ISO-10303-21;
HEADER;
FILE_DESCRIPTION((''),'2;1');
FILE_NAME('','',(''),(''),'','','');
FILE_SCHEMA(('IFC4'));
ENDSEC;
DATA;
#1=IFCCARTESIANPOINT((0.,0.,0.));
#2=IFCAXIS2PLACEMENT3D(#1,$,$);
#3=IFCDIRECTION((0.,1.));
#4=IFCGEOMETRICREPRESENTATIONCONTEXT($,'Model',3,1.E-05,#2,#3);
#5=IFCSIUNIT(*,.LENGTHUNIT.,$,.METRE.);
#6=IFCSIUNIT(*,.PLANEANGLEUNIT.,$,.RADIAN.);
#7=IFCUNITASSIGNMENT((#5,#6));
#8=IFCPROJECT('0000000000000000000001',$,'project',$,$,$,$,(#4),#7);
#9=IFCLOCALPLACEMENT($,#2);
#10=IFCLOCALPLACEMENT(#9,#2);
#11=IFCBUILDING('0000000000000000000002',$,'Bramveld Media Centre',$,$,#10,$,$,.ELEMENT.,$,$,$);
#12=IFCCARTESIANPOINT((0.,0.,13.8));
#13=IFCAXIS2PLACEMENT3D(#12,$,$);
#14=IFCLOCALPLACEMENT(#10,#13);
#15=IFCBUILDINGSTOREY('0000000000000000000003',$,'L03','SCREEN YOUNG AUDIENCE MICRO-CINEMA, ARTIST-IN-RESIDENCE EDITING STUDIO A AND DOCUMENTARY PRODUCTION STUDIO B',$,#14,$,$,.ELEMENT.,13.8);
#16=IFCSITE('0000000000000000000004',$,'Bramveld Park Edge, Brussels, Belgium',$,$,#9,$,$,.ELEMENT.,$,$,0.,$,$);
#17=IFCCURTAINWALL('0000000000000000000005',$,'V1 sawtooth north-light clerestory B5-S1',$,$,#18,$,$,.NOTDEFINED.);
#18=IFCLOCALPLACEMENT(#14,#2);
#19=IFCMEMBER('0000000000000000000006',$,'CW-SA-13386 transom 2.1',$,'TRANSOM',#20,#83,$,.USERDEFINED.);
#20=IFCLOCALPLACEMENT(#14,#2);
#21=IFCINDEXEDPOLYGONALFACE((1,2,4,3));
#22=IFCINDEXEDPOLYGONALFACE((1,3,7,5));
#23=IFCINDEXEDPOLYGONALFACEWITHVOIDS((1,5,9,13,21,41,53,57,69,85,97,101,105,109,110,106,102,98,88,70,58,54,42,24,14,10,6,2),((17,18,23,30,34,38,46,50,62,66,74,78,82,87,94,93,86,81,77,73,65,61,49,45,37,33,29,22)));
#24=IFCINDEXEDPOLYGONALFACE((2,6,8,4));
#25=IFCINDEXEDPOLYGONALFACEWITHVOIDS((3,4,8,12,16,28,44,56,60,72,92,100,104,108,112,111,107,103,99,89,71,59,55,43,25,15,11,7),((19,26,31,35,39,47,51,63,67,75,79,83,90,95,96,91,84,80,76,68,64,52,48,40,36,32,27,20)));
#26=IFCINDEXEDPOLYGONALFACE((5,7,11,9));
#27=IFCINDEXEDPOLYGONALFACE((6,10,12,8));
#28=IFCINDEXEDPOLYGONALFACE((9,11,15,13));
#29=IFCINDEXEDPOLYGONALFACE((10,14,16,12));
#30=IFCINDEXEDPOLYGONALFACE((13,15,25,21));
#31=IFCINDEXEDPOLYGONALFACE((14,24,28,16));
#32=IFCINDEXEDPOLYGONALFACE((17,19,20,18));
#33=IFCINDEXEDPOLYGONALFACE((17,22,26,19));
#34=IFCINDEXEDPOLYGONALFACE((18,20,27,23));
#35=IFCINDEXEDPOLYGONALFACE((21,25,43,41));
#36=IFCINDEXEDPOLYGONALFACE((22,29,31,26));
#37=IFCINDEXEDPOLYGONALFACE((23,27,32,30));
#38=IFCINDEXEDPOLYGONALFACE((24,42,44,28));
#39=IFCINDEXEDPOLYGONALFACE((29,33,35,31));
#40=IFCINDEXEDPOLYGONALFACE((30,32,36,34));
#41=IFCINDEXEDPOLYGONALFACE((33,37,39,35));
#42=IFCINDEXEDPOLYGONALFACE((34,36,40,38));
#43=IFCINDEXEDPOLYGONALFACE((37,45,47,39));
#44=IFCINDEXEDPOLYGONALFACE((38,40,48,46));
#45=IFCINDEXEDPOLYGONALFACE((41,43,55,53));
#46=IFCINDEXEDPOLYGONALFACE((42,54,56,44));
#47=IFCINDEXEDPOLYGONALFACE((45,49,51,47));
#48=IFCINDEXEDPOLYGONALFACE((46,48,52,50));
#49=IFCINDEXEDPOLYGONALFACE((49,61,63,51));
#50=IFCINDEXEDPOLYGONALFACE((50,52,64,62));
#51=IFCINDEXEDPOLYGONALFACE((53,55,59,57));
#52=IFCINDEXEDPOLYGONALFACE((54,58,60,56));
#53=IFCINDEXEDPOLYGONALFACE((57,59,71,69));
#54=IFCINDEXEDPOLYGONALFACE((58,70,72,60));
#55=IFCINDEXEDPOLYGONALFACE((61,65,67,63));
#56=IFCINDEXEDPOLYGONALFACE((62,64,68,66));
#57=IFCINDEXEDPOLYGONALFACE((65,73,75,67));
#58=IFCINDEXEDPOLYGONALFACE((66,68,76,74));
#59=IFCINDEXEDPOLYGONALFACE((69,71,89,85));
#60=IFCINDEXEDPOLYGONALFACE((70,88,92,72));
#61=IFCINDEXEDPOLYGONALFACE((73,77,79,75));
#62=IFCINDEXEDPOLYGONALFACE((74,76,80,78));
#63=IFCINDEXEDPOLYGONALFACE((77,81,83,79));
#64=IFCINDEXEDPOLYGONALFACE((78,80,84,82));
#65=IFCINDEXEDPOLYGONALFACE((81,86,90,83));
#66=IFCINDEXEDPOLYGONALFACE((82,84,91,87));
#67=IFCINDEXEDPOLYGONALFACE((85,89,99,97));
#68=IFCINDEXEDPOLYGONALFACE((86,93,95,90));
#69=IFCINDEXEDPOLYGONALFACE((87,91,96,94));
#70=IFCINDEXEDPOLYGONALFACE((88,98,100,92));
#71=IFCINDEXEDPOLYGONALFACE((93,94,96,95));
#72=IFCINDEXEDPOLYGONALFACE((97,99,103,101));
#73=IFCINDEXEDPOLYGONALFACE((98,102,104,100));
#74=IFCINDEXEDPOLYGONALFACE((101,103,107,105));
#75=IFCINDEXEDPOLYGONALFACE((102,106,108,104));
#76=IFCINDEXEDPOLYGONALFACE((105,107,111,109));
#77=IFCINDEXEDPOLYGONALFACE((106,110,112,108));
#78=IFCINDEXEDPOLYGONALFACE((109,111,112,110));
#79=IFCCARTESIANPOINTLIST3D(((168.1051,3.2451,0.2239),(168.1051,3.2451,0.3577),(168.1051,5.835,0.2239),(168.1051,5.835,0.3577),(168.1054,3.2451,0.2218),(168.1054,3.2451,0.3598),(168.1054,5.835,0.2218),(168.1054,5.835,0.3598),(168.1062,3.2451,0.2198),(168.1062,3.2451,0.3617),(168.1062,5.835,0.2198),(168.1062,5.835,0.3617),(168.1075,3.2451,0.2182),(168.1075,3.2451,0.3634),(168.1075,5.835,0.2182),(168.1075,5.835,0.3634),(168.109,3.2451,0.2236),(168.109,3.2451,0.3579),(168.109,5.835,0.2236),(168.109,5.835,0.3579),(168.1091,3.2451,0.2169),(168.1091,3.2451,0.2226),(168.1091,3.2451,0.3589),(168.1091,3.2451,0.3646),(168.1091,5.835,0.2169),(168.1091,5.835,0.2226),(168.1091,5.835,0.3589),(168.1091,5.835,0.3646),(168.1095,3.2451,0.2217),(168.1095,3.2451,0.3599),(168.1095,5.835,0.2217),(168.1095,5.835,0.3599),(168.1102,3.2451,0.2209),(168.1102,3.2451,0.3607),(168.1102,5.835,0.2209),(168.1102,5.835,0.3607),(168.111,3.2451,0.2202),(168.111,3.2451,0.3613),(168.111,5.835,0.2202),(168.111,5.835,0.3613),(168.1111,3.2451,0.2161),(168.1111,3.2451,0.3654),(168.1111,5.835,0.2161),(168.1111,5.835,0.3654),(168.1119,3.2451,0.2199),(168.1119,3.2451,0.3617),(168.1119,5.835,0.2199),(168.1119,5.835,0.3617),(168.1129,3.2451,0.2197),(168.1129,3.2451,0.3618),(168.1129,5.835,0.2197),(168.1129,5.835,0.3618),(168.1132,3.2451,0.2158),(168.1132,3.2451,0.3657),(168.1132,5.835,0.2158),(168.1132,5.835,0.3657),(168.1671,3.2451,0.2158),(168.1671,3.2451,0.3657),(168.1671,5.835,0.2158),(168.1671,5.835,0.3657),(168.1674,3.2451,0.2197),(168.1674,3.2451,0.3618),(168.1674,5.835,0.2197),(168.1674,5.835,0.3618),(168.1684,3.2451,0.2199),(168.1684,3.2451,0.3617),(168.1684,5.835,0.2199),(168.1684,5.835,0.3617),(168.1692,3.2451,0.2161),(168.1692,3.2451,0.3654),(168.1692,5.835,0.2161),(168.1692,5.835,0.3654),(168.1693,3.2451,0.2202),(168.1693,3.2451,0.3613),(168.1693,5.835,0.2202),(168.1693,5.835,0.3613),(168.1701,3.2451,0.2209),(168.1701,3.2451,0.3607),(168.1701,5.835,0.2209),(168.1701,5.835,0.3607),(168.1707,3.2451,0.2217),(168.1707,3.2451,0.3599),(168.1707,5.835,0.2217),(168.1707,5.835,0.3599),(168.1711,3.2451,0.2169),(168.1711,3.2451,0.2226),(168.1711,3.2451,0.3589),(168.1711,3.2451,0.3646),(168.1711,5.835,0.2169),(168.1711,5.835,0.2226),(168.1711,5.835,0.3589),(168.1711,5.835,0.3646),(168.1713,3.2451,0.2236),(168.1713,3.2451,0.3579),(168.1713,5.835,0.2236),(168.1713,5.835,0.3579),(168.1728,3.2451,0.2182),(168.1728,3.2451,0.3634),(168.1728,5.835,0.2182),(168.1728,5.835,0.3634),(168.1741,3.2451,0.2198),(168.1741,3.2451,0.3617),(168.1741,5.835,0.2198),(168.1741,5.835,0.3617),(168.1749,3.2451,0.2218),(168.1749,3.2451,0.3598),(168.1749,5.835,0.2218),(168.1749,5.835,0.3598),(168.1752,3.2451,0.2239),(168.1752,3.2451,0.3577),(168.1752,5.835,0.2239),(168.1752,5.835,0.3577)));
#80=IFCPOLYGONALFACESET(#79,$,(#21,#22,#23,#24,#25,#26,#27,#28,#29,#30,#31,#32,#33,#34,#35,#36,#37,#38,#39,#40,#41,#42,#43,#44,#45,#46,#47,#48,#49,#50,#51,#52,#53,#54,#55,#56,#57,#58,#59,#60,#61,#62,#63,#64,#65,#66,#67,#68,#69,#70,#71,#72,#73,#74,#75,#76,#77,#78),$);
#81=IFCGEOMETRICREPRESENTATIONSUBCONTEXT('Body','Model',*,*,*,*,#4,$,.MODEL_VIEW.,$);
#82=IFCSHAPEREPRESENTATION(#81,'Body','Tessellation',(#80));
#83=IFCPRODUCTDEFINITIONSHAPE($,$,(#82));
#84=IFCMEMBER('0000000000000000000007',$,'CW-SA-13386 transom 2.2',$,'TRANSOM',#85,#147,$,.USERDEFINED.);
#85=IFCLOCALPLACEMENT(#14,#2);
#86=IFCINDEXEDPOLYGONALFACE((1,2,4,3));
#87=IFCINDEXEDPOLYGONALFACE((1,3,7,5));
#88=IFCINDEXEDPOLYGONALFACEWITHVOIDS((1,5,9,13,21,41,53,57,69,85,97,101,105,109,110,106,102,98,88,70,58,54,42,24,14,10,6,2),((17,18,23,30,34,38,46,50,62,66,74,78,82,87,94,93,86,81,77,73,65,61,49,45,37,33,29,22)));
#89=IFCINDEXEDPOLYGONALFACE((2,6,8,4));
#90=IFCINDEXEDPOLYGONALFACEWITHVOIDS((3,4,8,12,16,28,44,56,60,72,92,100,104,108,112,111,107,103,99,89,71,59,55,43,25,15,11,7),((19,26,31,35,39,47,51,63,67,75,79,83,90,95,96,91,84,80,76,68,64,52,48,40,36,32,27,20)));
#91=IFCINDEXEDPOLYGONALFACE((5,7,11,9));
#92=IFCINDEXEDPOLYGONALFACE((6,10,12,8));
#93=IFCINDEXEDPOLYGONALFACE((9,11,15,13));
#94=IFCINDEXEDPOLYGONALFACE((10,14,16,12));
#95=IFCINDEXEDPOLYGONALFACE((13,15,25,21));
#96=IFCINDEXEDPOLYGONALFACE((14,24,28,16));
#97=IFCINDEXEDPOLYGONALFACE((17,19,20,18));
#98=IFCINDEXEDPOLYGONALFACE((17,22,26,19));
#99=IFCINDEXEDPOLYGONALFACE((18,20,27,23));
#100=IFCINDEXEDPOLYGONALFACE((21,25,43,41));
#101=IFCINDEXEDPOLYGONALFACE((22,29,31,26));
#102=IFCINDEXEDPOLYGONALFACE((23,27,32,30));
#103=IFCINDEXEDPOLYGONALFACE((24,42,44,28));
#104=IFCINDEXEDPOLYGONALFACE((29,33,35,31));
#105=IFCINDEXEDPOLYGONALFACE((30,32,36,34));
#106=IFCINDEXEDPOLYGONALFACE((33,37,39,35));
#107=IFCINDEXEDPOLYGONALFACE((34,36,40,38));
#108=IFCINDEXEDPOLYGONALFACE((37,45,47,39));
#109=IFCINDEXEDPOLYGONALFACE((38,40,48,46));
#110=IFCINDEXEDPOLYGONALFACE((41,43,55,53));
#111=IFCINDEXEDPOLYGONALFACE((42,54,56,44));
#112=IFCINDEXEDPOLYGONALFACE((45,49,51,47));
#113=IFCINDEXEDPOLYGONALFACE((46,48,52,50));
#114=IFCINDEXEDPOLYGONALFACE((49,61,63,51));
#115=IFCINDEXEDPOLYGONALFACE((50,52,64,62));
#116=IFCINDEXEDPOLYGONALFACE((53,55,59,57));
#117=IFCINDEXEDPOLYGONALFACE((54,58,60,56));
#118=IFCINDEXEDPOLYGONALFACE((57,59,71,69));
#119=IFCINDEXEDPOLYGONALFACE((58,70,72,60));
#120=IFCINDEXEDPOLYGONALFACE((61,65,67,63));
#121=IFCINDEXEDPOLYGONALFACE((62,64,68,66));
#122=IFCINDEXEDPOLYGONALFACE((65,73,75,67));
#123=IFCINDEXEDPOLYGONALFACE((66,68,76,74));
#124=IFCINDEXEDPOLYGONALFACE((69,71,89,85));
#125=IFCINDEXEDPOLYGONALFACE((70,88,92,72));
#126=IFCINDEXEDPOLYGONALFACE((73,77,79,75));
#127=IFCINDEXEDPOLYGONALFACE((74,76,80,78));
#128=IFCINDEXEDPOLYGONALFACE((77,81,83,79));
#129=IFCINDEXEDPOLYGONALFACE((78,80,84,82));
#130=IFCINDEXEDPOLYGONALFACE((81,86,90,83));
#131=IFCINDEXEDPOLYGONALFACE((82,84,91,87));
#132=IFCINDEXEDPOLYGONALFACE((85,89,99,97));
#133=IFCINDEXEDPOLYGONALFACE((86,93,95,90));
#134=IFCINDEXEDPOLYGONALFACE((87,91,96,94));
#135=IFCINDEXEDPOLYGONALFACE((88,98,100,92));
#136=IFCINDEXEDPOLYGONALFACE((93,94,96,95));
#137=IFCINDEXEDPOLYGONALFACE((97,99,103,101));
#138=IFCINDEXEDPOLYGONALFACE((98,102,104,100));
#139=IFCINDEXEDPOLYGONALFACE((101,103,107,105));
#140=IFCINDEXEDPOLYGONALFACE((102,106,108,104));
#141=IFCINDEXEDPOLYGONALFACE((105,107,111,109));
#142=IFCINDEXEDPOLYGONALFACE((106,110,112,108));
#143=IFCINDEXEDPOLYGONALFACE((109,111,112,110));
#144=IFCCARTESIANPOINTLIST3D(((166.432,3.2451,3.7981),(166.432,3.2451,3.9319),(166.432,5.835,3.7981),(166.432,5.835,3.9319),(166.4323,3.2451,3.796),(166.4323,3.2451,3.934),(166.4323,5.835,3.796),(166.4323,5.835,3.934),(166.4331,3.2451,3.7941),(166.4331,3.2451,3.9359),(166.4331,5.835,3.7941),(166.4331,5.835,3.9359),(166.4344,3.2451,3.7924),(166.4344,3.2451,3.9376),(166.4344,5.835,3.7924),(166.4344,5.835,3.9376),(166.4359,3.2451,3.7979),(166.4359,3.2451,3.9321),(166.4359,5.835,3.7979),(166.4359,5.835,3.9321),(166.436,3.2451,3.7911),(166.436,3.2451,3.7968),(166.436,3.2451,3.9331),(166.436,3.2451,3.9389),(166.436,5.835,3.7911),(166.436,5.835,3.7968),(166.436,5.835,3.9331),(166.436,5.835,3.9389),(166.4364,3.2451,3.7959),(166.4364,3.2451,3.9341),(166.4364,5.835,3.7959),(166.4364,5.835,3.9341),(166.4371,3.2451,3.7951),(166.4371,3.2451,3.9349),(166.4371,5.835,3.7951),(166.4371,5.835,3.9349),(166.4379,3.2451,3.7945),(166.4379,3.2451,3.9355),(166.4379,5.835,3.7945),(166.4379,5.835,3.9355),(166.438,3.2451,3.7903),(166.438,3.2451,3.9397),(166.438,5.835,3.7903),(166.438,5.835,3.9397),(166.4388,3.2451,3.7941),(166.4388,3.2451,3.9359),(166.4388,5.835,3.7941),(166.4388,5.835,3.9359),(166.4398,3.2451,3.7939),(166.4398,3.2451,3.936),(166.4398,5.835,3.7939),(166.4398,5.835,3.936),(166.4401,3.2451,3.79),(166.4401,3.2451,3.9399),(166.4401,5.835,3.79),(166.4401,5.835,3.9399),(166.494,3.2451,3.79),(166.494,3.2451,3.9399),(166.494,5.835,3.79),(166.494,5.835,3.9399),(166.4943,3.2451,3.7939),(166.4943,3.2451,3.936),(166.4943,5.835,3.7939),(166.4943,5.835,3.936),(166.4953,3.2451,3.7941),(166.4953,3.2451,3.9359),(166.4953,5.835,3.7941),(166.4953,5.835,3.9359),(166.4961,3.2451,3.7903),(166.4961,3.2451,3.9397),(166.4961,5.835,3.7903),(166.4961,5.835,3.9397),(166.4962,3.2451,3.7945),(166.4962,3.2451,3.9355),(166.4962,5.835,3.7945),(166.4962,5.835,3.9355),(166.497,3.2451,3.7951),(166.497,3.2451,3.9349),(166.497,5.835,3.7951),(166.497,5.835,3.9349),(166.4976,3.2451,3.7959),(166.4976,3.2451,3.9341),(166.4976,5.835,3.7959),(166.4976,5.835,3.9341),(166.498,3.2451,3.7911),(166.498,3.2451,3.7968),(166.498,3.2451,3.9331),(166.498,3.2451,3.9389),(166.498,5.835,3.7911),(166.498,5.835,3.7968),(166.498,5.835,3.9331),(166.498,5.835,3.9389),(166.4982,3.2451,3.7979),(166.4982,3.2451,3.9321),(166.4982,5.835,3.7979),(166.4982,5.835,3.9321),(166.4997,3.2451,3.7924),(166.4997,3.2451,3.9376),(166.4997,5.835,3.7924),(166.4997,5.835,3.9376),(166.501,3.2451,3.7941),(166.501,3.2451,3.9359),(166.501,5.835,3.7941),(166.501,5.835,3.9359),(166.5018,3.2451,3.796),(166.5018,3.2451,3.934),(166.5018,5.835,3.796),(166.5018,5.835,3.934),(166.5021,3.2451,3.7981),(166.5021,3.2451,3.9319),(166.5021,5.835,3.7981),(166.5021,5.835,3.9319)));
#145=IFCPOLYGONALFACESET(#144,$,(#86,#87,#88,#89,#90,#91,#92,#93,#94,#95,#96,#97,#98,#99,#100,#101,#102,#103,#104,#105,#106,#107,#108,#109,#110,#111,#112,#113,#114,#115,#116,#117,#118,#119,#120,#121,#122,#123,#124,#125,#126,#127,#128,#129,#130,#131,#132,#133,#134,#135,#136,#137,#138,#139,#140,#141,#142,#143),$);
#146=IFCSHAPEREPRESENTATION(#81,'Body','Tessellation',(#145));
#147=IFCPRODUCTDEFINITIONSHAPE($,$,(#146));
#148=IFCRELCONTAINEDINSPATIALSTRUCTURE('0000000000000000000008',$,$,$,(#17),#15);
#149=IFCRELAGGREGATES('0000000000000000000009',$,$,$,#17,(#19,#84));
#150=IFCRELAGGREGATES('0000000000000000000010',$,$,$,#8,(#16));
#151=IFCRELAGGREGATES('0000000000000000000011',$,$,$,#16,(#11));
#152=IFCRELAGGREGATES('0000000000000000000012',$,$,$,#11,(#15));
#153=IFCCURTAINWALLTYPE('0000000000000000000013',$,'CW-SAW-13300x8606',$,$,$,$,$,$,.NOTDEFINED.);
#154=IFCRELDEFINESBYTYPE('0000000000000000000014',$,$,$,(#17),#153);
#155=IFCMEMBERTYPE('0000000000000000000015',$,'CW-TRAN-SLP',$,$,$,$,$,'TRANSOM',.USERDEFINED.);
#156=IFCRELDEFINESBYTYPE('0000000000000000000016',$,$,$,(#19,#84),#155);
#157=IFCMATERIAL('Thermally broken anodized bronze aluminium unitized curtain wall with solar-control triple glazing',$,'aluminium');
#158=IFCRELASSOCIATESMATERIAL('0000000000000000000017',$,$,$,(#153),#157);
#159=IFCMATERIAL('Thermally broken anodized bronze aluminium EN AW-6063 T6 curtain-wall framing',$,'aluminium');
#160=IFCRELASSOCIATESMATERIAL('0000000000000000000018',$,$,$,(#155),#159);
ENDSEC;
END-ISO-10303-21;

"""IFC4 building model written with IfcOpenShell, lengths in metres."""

from ifc_helpers import new_model, si_unit, direction, frame, origin, origin_2d, place, context, subcontext, project, spatial, hollow_rectangle, extrude, material, material_profile, profile_set, type_object, element, aggregate, save


model = new_model("IFC4")

# Units and contexts
model_context = context("Model", 3, precision=1e-05, world=origin(), true_north=direction((0.0, 1.0)))
body_context = subcontext(model_context, "Body", "Model", "MODEL_VIEW")
ifc_project = project(units=[si_unit("LENGTHUNIT", "METRE"), si_unit("PLANEANGLEUNIT", "RADIAN")], contexts=[model_context])

# Site, building, storey
site_placement = place(None, origin())
site = spatial("IfcSite", under=ifc_project, at=site_placement, Name="Bramveld Park Edge, Brussels, Belgium", CompositionType="ELEMENT", RefElevation=0.0)
building_placement = place(site_placement, origin())
building = spatial("IfcBuilding", under=site, at=building_placement, Name="Bramveld Media Centre", CompositionType="ELEMENT")
storey_placement = place(building_placement, frame((0.0, 0.0, 13.8)))
storey = spatial("IfcBuildingStorey", under=building, at=storey_placement, Name="L03", Description="SCREEN YOUNG AUDIENCE MICRO-CINEMA, ARTIST-IN-RESIDENCE EDITING STUDIO A AND DOCUMENTARY PRODUCTION STUDIO B", CompositionType="ELEMENT", Elevation=13.8)

# Curtain wall, members
ifc_material_1 = material(Name="Thermally broken anodized bronze aluminium unitized curtain wall with solar-control triple glazing", Category="aluminium")
curtain_wall_type = type_object("IfcCurtainWallType", Name="CW-SAW-13300x8606", PredefinedType="NOTDEFINED", material=ifc_material_1)
curtain_wall_placement = place(storey_placement, origin())
curtain_wall = element("IfcCurtainWall", 1, at=curtain_wall_placement, inside=storey, type_object=curtain_wall_type, Name="V1 sawtooth north-light clerestory B5-S1", PredefinedType="NOTDEFINED")
ifc_material_2 = material(Name="Thermally broken anodized bronze aluminium EN AW-6063 T6 curtain-wall framing", Category="aluminium")
ifc_material_profile_1 = material_profile(ifc_material_2, hollow_rectangle(XDim=0.0701, YDim=0.1499, WallThickness=0.0039, InnerFilletRadius=0.0039, OuterFilletRadius=0.0081, at=origin_2d()), Name="AL-TRAN 70x150")
ifc_profile_set_1 = profile_set([ifc_material_profile_1], Name="Thermally broken anodized bronze aluminium EN AW-6063 T6 curtain-wall framing")
member_type_1 = type_object("IfcMemberType", Name="CW-TRAN-SLP", ElementType="TRANSOM", PredefinedType="USERDEFINED", material=ifc_profile_set_1)
member_1_placement = place(storey_placement, frame((168.1401, 3.2451, 0.2908), z_axis=(0.0, 1.0, 0.0), x_axis=(-1.0, 0.0, 0.0)))
member_1 = element("IfcMember", 2, at=member_1_placement, type_object=member_type_1, Name="CW-SA-13386 transom 2.1", ObjectType="TRANSOM", PredefinedType="USERDEFINED", context=body_context, shape_type="SweptSolid", body=[
    extrude(hollow_rectangle(XDim=0.0701, YDim=0.1499, WallThickness=0.0039, InnerFilletRadius=0.0039, OuterFilletRadius=0.0081, at=origin_2d()), origin(), (0.0, 0.0, 1.0), 2.5898),
])
member_2_placement = place(storey_placement, frame((166.467, 3.2451, 3.865), z_axis=(0.0, 1.0, 0.0), x_axis=(-1.0, 0.0, 0.0)))
member_2 = element("IfcMember", 3, at=member_2_placement, type_object=member_type_1, Name="CW-SA-13386 transom 2.2", ObjectType="TRANSOM", PredefinedType="USERDEFINED", context=body_context, shape_type="SweptSolid", body=[
    extrude(hollow_rectangle(XDim=0.0701, YDim=0.1499, WallThickness=0.0039, InnerFilletRadius=0.0039, OuterFilletRadius=0.0081, at=origin_2d()), origin(), (0.0, 0.0, 1.0), 2.5898),
])
aggregate(curtain_wall, [member_1, member_2])

save(model, "model.ifc")
